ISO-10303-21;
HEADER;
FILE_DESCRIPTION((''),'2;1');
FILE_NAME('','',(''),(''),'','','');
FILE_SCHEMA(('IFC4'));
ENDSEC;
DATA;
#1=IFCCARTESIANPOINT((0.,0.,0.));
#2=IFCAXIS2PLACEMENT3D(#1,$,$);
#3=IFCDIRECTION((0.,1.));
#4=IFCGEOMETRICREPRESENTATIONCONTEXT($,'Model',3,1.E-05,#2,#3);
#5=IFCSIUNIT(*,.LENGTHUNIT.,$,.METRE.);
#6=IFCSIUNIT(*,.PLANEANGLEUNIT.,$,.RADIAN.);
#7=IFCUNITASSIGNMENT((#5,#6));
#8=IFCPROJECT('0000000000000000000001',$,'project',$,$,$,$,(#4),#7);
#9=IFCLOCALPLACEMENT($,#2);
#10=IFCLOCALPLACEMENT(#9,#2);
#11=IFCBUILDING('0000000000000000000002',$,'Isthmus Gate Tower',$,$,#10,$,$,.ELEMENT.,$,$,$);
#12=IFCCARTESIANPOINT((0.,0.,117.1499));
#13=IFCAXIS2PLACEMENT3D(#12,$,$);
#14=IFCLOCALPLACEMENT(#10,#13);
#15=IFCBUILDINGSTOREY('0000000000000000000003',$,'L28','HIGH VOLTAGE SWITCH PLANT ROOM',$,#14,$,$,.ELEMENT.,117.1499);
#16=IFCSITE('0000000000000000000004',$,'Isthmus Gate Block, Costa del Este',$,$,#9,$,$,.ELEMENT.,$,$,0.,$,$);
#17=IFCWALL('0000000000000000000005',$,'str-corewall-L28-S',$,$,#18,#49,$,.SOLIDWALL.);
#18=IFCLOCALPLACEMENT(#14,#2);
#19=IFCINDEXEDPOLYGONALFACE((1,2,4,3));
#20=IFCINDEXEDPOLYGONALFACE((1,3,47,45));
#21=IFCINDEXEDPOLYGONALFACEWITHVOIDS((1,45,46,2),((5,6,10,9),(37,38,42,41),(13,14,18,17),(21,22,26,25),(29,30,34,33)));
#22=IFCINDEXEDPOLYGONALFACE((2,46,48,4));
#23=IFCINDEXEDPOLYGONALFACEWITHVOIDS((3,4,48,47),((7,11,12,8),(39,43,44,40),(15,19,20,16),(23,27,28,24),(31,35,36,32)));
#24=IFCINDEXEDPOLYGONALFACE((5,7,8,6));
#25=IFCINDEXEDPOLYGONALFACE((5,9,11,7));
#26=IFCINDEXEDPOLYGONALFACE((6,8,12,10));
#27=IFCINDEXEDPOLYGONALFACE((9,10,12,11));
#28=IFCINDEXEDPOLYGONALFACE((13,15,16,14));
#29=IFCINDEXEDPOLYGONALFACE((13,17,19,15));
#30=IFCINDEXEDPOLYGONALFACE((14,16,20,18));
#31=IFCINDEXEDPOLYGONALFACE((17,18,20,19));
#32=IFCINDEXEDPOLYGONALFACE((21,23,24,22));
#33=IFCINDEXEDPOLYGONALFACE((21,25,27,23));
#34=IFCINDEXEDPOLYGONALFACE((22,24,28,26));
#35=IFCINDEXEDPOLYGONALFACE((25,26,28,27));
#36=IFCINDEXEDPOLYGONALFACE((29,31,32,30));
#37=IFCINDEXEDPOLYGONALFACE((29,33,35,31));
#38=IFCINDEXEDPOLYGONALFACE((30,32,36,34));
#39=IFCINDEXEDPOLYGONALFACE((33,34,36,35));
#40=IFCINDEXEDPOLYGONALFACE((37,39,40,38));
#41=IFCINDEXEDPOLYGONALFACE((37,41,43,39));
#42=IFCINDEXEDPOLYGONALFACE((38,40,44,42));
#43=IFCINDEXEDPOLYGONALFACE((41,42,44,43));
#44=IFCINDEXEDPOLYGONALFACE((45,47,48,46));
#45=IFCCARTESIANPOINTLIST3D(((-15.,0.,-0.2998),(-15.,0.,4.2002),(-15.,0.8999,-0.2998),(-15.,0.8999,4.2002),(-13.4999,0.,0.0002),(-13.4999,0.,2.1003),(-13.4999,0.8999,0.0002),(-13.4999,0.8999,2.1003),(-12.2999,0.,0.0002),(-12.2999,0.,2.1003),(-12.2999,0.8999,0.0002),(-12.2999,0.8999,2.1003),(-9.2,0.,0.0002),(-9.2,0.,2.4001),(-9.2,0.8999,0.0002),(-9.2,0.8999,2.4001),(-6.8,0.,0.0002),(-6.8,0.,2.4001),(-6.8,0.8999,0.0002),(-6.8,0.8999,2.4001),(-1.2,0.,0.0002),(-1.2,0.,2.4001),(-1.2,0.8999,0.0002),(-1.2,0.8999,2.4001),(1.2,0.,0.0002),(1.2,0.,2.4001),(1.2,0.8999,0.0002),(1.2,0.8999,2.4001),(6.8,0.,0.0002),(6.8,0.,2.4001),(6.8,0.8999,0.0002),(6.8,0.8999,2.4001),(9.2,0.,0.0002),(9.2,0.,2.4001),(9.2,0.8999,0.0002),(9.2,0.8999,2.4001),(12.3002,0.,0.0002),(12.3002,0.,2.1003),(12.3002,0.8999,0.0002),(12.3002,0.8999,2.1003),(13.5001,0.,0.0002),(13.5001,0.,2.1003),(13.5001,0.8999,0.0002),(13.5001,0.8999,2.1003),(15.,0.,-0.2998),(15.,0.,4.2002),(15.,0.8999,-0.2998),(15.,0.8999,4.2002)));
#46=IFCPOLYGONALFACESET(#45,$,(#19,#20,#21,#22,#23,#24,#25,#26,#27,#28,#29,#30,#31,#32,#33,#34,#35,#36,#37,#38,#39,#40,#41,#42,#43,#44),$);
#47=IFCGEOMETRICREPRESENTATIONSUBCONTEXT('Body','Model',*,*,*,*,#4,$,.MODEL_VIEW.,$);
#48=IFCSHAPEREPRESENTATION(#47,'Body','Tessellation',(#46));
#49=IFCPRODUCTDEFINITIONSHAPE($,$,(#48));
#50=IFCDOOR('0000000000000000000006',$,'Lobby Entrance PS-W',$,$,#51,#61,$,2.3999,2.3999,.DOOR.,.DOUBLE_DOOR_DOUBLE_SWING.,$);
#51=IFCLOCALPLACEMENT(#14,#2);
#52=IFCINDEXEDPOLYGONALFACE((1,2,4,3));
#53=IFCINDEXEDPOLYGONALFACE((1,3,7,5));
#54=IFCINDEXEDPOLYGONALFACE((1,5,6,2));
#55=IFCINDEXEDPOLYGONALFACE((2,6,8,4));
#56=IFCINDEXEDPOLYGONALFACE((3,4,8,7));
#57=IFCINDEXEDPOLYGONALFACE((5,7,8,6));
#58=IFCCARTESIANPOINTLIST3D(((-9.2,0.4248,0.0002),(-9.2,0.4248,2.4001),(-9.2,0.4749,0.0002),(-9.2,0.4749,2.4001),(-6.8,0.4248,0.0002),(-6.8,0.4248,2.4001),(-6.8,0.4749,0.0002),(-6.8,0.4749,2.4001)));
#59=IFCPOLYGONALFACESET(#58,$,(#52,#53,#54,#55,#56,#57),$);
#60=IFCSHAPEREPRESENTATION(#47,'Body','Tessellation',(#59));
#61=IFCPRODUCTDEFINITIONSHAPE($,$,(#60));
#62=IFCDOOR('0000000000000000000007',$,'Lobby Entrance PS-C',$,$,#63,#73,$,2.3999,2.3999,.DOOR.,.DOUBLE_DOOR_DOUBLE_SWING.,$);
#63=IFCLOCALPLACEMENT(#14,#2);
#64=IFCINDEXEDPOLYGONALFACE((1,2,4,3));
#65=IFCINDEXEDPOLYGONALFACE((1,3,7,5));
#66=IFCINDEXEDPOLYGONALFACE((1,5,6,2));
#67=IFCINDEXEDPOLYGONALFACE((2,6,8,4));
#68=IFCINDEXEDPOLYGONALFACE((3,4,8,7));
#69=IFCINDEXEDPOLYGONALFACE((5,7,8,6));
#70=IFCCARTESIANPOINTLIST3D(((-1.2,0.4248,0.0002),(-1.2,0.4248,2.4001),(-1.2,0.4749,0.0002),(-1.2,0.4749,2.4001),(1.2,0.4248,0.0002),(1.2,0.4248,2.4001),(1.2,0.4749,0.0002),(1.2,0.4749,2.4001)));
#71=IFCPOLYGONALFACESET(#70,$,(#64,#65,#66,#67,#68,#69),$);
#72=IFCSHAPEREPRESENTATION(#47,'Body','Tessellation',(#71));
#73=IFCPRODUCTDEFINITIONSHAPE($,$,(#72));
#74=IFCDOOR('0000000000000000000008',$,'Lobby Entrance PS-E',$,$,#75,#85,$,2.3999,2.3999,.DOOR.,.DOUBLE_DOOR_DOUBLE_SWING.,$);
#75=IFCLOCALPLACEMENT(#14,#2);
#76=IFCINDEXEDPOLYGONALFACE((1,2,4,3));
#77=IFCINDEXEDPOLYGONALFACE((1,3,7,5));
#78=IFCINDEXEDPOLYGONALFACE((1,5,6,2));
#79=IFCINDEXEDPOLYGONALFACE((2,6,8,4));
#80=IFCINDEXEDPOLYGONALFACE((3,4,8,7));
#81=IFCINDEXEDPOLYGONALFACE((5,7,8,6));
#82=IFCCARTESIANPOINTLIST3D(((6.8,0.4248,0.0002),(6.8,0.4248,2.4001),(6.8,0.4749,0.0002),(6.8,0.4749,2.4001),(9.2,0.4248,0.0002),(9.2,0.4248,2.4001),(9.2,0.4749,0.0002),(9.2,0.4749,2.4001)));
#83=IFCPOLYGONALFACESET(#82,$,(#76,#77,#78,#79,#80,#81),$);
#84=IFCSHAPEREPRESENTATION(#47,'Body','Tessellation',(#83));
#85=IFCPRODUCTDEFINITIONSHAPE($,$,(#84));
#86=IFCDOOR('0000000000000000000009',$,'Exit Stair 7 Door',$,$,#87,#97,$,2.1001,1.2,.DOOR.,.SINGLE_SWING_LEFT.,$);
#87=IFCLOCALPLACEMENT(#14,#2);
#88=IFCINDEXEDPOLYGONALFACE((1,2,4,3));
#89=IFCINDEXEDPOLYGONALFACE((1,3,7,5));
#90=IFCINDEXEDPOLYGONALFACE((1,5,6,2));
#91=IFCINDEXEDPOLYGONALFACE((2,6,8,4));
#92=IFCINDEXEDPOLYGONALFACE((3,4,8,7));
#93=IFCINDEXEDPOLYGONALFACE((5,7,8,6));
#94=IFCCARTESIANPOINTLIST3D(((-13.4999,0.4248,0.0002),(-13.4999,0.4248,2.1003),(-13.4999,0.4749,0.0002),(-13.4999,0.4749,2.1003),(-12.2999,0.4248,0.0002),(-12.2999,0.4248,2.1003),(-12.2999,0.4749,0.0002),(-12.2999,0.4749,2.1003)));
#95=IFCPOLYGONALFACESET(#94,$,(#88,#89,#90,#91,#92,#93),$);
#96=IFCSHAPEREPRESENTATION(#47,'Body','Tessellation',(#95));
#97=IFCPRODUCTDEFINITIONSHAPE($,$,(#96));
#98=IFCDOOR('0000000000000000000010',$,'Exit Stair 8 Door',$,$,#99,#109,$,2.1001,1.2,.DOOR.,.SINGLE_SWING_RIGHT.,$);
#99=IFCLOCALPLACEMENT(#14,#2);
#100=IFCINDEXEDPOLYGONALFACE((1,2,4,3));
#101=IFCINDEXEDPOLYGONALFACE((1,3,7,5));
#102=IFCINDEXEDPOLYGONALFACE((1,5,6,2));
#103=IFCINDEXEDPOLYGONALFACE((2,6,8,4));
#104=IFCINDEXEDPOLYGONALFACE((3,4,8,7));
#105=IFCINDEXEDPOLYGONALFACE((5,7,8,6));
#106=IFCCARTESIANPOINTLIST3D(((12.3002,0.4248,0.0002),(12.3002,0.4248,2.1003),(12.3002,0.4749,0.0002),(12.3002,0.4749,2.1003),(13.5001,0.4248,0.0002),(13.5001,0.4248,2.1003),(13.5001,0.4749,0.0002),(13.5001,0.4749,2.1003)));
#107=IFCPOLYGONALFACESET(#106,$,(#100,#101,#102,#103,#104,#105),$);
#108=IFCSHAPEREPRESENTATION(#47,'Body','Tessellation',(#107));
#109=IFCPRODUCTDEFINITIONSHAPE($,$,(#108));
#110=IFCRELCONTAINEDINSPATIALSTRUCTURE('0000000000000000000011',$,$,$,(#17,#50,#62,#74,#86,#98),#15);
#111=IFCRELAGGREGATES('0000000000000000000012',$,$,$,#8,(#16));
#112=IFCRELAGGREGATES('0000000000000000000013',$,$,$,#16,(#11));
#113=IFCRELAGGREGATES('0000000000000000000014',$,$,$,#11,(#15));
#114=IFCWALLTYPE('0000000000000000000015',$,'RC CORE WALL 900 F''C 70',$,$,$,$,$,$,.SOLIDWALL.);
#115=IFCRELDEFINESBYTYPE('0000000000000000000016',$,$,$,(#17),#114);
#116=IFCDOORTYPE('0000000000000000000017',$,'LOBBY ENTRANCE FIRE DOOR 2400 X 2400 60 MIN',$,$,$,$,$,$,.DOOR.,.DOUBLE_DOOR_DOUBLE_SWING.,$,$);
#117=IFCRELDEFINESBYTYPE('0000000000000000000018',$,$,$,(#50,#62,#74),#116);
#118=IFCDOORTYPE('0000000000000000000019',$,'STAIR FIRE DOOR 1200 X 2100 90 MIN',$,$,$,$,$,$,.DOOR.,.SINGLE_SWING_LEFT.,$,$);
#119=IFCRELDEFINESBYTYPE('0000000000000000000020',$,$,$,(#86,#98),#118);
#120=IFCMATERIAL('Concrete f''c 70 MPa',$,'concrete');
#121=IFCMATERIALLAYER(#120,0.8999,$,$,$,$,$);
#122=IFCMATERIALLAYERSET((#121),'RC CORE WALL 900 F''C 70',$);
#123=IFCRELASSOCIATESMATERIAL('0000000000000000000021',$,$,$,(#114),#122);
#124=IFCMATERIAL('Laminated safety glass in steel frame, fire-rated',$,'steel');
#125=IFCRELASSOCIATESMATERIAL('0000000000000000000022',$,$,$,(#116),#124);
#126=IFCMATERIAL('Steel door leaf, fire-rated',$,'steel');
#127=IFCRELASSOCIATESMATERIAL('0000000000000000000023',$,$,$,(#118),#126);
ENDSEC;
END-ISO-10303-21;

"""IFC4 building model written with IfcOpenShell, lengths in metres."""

from ifc_helpers import new_model, si_unit, direction, frame, frame_2d, origin, place, context, subcontext, project, spatial, rectangle, extrude, material, layer, layer_set, type_object, element, fill, save


model = new_model("IFC4")

# Units and contexts
model_context = context("Model", 3, precision=1e-05, world=origin(), true_north=direction((0.0, 1.0)))
body_context = subcontext(model_context, "Body", "Model", "MODEL_VIEW")
ifc_project = project(units=[si_unit("LENGTHUNIT", "METRE"), si_unit("PLANEANGLEUNIT", "RADIAN")], contexts=[model_context])

# Site, building, storey
site_placement = place(None, origin())
site = spatial("IfcSite", under=ifc_project, at=site_placement, Name="Isthmus Gate Block, Costa del Este", CompositionType="ELEMENT", RefElevation=0.0)
building_placement = place(site_placement, origin())
building = spatial("IfcBuilding", under=site, at=building_placement, Name="Isthmus Gate Tower", CompositionType="ELEMENT")
storey_placement = place(building_placement, frame((0.0, 0.0, 117.1499)))
storey = spatial("IfcBuildingStorey", under=building, at=storey_placement, Name="L28", Description="HIGH VOLTAGE SWITCH PLANT ROOM", CompositionType="ELEMENT", Elevation=117.1499)

# Wall, openings, doors
ifc_material_1 = material(Name="Concrete f'c 70 MPa", Category="concrete")
ifc_layer_1 = layer(ifc_material_1, 0.8999)
ifc_layer_set_1 = layer_set([ifc_layer_1], Name="RC CORE WALL 900 F'C 70")
wall_type_1 = type_object("IfcWallType", Name="RC CORE WALL 900 F'C 70", PredefinedType="SOLIDWALL", material=ifc_layer_set_1)
wall_1_placement = place(storey_placement, frame((-15.0, 0.45, -0.2998), z_axis=(0.0, 0.0, 1.0), x_axis=(1.0, 0.0, 0.0)))
wall_1 = element("IfcWall", 1, at=wall_1_placement, inside=storey, type_object=wall_type_1, Name="str-corewall-L28-S", PredefinedType="SOLIDWALL", context=body_context, shape_type="SweptSolid", body=[
    extrude(rectangle(XDim=30.0, YDim=0.8999, at=frame_2d((15.0, 0.0))), origin(), (0.0, 0.0, 1.0), 4.5),
])
opening_1_placement = place(wall_1_placement, frame((5.8, 0.0, 0.3)))
opening_1 = element("IfcOpeningElement", 2, at=opening_1_placement, cuts=wall_1, PredefinedType="OPENING", context=body_context, shape_type="SweptSolid", body=[
    extrude(rectangle(XDim=2.3999, YDim=2.3999, at=frame_2d((1.2, 1.2))), frame((0.0, 0.46, 0.0), z_axis=(0.0, -1.0, 0.0), x_axis=(1.0, 0.0, 0.0)), (0.0, 0.0, 1.0), 0.9199),
])
opening_2_placement = place(wall_1_placement, frame((13.8, 0.0, 0.3)))
opening_2 = element("IfcOpeningElement", 3, at=opening_2_placement, cuts=wall_1, PredefinedType="OPENING", context=body_context, shape_type="SweptSolid", body=[
    extrude(rectangle(XDim=2.3999, YDim=2.3999, at=frame_2d((1.2, 1.2))), frame((0.0, 0.46, 0.0), z_axis=(0.0, -1.0, 0.0), x_axis=(1.0, 0.0, 0.0)), (0.0, 0.0, 1.0), 0.9199),
])
opening_3_placement = place(wall_1_placement, frame((21.8, 0.0, 0.3)))
opening_3 = element("IfcOpeningElement", 4, at=opening_3_placement, cuts=wall_1, PredefinedType="OPENING", context=body_context, shape_type="SweptSolid", body=[
    extrude(rectangle(XDim=2.3999, YDim=2.3999, at=frame_2d((1.2, 1.2))), frame((0.0, 0.46, 0.0), z_axis=(0.0, -1.0, 0.0), x_axis=(1.0, 0.0, 0.0)), (0.0, 0.0, 1.0), 0.9199),
])
opening_4_placement = place(wall_1_placement, frame((1.5, 0.0, 0.3)))
opening_4 = element("IfcOpeningElement", 5, at=opening_4_placement, cuts=wall_1, PredefinedType="OPENING", context=body_context, shape_type="SweptSolid", body=[
    extrude(rectangle(XDim=1.2, YDim=2.1001, at=frame_2d((0.6001, 1.05))), frame((0.0, 0.46, 0.0), z_axis=(0.0, -1.0, 0.0), x_axis=(1.0, 0.0, 0.0)), (0.0, 0.0, 1.0), 0.9199),
])
opening_5_placement = place(wall_1_placement, frame((27.3, 0.0, 0.3)))
opening_5 = element("IfcOpeningElement", 6, at=opening_5_placement, cuts=wall_1, PredefinedType="OPENING", context=body_context, shape_type="SweptSolid", body=[
    extrude(rectangle(XDim=1.2, YDim=2.1001, at=frame_2d((0.6001, 1.05))), frame((0.0, 0.46, 0.0), z_axis=(0.0, -1.0, 0.0), x_axis=(1.0, 0.0, 0.0)), (0.0, 0.0, 1.0), 0.9199),
])
ifc_material_2 = material(Name="Laminated safety glass in steel frame, fire-rated", Category="steel")
door_type_1 = type_object("IfcDoorType", Name="LOBBY ENTRANCE FIRE DOOR 2400 X 2400 60 MIN", OperationType="DOUBLE_DOOR_DOUBLE_SWING", PredefinedType="DOOR", material=ifc_material_2)
door_1_placement = place(opening_1_placement, origin())
door_1 = element("IfcDoor", 7, at=door_1_placement, inside=storey, type_object=door_type_1, Name="Lobby Entrance PS-W", OperationType="DOUBLE_DOOR_DOUBLE_SWING", OverallHeight=2.3999, OverallWidth=2.3999, PredefinedType="DOOR", context=body_context, shape_type="SweptSolid", body=[
    extrude(rectangle(XDim=2.3999, YDim=2.3999, at=frame_2d((1.2, 1.2))), frame((0.0, 0.0249, 0.0), z_axis=(0.0, -1.0, 0.0), x_axis=(1.0, 0.0, 0.0)), (0.0, 0.0, 1.0), 0.05),
])
fill(opening_1, door_1)
door_2_placement = place(opening_2_placement, origin())
door_2 = element("IfcDoor", 8, at=door_2_placement, inside=storey, type_object=door_type_1, Name="Lobby Entrance PS-C", OperationType="DOUBLE_DOOR_DOUBLE_SWING", OverallHeight=2.3999, OverallWidth=2.3999, PredefinedType="DOOR", context=body_context, shape_type="SweptSolid", body=[
    extrude(rectangle(XDim=2.3999, YDim=2.3999, at=frame_2d((1.2, 1.2))), frame((0.0, 0.0249, 0.0), z_axis=(0.0, -1.0, 0.0), x_axis=(1.0, 0.0, 0.0)), (0.0, 0.0, 1.0), 0.05),
])
fill(opening_2, door_2)
door_3_placement = place(opening_3_placement, origin())
door_3 = element("IfcDoor", 9, at=door_3_placement, inside=storey, type_object=door_type_1, Name="Lobby Entrance PS-E", OperationType="DOUBLE_DOOR_DOUBLE_SWING", OverallHeight=2.3999, OverallWidth=2.3999, PredefinedType="DOOR", context=body_context, shape_type="SweptSolid", body=[
    extrude(rectangle(XDim=2.3999, YDim=2.3999, at=frame_2d((1.2, 1.2))), frame((0.0, 0.0249, 0.0), z_axis=(0.0, -1.0, 0.0), x_axis=(1.0, 0.0, 0.0)), (0.0, 0.0, 1.0), 0.05),
])
fill(opening_3, door_3)
ifc_material_3 = material(Name="Steel door leaf, fire-rated", Category="steel")
door_type_2 = type_object("IfcDoorType", Name="STAIR FIRE DOOR 1200 X 2100 90 MIN", OperationType="SINGLE_SWING_LEFT", PredefinedType="DOOR", material=ifc_material_3)
door_4_placement = place(opening_4_placement, origin())
door_4 = element("IfcDoor", 10, at=door_4_placement, inside=storey, type_object=door_type_2, Name="Exit Stair 7 Door", OperationType="SINGLE_SWING_LEFT", OverallHeight=2.1001, OverallWidth=1.2, PredefinedType="DOOR", context=body_context, shape_type="SweptSolid", body=[
    extrude(rectangle(XDim=1.2, YDim=2.1001, at=frame_2d((0.6001, 1.05))), frame((0.0, 0.0249, 0.0), z_axis=(0.0, -1.0, 0.0), x_axis=(1.0, 0.0, 0.0)), (0.0, 0.0, 1.0), 0.05),
])
fill(opening_4, door_4)
door_5_placement = place(opening_5_placement, origin())
door_5 = element("IfcDoor", 11, at=door_5_placement, inside=storey, type_object=door_type_2, Name="Exit Stair 8 Door", OperationType="SINGLE_SWING_RIGHT", OverallHeight=2.1001, OverallWidth=1.2, PredefinedType="DOOR", context=body_context, shape_type="SweptSolid", body=[
    extrude(rectangle(XDim=1.2, YDim=2.1001, at=frame_2d((0.6001, 1.05))), frame((0.0, 0.0249, 0.0), z_axis=(0.0, -1.0, 0.0), x_axis=(1.0, 0.0, 0.0)), (0.0, 0.0, 1.0), 0.05),
])
fill(opening_5, door_5)

save(model, "model.ifc")
